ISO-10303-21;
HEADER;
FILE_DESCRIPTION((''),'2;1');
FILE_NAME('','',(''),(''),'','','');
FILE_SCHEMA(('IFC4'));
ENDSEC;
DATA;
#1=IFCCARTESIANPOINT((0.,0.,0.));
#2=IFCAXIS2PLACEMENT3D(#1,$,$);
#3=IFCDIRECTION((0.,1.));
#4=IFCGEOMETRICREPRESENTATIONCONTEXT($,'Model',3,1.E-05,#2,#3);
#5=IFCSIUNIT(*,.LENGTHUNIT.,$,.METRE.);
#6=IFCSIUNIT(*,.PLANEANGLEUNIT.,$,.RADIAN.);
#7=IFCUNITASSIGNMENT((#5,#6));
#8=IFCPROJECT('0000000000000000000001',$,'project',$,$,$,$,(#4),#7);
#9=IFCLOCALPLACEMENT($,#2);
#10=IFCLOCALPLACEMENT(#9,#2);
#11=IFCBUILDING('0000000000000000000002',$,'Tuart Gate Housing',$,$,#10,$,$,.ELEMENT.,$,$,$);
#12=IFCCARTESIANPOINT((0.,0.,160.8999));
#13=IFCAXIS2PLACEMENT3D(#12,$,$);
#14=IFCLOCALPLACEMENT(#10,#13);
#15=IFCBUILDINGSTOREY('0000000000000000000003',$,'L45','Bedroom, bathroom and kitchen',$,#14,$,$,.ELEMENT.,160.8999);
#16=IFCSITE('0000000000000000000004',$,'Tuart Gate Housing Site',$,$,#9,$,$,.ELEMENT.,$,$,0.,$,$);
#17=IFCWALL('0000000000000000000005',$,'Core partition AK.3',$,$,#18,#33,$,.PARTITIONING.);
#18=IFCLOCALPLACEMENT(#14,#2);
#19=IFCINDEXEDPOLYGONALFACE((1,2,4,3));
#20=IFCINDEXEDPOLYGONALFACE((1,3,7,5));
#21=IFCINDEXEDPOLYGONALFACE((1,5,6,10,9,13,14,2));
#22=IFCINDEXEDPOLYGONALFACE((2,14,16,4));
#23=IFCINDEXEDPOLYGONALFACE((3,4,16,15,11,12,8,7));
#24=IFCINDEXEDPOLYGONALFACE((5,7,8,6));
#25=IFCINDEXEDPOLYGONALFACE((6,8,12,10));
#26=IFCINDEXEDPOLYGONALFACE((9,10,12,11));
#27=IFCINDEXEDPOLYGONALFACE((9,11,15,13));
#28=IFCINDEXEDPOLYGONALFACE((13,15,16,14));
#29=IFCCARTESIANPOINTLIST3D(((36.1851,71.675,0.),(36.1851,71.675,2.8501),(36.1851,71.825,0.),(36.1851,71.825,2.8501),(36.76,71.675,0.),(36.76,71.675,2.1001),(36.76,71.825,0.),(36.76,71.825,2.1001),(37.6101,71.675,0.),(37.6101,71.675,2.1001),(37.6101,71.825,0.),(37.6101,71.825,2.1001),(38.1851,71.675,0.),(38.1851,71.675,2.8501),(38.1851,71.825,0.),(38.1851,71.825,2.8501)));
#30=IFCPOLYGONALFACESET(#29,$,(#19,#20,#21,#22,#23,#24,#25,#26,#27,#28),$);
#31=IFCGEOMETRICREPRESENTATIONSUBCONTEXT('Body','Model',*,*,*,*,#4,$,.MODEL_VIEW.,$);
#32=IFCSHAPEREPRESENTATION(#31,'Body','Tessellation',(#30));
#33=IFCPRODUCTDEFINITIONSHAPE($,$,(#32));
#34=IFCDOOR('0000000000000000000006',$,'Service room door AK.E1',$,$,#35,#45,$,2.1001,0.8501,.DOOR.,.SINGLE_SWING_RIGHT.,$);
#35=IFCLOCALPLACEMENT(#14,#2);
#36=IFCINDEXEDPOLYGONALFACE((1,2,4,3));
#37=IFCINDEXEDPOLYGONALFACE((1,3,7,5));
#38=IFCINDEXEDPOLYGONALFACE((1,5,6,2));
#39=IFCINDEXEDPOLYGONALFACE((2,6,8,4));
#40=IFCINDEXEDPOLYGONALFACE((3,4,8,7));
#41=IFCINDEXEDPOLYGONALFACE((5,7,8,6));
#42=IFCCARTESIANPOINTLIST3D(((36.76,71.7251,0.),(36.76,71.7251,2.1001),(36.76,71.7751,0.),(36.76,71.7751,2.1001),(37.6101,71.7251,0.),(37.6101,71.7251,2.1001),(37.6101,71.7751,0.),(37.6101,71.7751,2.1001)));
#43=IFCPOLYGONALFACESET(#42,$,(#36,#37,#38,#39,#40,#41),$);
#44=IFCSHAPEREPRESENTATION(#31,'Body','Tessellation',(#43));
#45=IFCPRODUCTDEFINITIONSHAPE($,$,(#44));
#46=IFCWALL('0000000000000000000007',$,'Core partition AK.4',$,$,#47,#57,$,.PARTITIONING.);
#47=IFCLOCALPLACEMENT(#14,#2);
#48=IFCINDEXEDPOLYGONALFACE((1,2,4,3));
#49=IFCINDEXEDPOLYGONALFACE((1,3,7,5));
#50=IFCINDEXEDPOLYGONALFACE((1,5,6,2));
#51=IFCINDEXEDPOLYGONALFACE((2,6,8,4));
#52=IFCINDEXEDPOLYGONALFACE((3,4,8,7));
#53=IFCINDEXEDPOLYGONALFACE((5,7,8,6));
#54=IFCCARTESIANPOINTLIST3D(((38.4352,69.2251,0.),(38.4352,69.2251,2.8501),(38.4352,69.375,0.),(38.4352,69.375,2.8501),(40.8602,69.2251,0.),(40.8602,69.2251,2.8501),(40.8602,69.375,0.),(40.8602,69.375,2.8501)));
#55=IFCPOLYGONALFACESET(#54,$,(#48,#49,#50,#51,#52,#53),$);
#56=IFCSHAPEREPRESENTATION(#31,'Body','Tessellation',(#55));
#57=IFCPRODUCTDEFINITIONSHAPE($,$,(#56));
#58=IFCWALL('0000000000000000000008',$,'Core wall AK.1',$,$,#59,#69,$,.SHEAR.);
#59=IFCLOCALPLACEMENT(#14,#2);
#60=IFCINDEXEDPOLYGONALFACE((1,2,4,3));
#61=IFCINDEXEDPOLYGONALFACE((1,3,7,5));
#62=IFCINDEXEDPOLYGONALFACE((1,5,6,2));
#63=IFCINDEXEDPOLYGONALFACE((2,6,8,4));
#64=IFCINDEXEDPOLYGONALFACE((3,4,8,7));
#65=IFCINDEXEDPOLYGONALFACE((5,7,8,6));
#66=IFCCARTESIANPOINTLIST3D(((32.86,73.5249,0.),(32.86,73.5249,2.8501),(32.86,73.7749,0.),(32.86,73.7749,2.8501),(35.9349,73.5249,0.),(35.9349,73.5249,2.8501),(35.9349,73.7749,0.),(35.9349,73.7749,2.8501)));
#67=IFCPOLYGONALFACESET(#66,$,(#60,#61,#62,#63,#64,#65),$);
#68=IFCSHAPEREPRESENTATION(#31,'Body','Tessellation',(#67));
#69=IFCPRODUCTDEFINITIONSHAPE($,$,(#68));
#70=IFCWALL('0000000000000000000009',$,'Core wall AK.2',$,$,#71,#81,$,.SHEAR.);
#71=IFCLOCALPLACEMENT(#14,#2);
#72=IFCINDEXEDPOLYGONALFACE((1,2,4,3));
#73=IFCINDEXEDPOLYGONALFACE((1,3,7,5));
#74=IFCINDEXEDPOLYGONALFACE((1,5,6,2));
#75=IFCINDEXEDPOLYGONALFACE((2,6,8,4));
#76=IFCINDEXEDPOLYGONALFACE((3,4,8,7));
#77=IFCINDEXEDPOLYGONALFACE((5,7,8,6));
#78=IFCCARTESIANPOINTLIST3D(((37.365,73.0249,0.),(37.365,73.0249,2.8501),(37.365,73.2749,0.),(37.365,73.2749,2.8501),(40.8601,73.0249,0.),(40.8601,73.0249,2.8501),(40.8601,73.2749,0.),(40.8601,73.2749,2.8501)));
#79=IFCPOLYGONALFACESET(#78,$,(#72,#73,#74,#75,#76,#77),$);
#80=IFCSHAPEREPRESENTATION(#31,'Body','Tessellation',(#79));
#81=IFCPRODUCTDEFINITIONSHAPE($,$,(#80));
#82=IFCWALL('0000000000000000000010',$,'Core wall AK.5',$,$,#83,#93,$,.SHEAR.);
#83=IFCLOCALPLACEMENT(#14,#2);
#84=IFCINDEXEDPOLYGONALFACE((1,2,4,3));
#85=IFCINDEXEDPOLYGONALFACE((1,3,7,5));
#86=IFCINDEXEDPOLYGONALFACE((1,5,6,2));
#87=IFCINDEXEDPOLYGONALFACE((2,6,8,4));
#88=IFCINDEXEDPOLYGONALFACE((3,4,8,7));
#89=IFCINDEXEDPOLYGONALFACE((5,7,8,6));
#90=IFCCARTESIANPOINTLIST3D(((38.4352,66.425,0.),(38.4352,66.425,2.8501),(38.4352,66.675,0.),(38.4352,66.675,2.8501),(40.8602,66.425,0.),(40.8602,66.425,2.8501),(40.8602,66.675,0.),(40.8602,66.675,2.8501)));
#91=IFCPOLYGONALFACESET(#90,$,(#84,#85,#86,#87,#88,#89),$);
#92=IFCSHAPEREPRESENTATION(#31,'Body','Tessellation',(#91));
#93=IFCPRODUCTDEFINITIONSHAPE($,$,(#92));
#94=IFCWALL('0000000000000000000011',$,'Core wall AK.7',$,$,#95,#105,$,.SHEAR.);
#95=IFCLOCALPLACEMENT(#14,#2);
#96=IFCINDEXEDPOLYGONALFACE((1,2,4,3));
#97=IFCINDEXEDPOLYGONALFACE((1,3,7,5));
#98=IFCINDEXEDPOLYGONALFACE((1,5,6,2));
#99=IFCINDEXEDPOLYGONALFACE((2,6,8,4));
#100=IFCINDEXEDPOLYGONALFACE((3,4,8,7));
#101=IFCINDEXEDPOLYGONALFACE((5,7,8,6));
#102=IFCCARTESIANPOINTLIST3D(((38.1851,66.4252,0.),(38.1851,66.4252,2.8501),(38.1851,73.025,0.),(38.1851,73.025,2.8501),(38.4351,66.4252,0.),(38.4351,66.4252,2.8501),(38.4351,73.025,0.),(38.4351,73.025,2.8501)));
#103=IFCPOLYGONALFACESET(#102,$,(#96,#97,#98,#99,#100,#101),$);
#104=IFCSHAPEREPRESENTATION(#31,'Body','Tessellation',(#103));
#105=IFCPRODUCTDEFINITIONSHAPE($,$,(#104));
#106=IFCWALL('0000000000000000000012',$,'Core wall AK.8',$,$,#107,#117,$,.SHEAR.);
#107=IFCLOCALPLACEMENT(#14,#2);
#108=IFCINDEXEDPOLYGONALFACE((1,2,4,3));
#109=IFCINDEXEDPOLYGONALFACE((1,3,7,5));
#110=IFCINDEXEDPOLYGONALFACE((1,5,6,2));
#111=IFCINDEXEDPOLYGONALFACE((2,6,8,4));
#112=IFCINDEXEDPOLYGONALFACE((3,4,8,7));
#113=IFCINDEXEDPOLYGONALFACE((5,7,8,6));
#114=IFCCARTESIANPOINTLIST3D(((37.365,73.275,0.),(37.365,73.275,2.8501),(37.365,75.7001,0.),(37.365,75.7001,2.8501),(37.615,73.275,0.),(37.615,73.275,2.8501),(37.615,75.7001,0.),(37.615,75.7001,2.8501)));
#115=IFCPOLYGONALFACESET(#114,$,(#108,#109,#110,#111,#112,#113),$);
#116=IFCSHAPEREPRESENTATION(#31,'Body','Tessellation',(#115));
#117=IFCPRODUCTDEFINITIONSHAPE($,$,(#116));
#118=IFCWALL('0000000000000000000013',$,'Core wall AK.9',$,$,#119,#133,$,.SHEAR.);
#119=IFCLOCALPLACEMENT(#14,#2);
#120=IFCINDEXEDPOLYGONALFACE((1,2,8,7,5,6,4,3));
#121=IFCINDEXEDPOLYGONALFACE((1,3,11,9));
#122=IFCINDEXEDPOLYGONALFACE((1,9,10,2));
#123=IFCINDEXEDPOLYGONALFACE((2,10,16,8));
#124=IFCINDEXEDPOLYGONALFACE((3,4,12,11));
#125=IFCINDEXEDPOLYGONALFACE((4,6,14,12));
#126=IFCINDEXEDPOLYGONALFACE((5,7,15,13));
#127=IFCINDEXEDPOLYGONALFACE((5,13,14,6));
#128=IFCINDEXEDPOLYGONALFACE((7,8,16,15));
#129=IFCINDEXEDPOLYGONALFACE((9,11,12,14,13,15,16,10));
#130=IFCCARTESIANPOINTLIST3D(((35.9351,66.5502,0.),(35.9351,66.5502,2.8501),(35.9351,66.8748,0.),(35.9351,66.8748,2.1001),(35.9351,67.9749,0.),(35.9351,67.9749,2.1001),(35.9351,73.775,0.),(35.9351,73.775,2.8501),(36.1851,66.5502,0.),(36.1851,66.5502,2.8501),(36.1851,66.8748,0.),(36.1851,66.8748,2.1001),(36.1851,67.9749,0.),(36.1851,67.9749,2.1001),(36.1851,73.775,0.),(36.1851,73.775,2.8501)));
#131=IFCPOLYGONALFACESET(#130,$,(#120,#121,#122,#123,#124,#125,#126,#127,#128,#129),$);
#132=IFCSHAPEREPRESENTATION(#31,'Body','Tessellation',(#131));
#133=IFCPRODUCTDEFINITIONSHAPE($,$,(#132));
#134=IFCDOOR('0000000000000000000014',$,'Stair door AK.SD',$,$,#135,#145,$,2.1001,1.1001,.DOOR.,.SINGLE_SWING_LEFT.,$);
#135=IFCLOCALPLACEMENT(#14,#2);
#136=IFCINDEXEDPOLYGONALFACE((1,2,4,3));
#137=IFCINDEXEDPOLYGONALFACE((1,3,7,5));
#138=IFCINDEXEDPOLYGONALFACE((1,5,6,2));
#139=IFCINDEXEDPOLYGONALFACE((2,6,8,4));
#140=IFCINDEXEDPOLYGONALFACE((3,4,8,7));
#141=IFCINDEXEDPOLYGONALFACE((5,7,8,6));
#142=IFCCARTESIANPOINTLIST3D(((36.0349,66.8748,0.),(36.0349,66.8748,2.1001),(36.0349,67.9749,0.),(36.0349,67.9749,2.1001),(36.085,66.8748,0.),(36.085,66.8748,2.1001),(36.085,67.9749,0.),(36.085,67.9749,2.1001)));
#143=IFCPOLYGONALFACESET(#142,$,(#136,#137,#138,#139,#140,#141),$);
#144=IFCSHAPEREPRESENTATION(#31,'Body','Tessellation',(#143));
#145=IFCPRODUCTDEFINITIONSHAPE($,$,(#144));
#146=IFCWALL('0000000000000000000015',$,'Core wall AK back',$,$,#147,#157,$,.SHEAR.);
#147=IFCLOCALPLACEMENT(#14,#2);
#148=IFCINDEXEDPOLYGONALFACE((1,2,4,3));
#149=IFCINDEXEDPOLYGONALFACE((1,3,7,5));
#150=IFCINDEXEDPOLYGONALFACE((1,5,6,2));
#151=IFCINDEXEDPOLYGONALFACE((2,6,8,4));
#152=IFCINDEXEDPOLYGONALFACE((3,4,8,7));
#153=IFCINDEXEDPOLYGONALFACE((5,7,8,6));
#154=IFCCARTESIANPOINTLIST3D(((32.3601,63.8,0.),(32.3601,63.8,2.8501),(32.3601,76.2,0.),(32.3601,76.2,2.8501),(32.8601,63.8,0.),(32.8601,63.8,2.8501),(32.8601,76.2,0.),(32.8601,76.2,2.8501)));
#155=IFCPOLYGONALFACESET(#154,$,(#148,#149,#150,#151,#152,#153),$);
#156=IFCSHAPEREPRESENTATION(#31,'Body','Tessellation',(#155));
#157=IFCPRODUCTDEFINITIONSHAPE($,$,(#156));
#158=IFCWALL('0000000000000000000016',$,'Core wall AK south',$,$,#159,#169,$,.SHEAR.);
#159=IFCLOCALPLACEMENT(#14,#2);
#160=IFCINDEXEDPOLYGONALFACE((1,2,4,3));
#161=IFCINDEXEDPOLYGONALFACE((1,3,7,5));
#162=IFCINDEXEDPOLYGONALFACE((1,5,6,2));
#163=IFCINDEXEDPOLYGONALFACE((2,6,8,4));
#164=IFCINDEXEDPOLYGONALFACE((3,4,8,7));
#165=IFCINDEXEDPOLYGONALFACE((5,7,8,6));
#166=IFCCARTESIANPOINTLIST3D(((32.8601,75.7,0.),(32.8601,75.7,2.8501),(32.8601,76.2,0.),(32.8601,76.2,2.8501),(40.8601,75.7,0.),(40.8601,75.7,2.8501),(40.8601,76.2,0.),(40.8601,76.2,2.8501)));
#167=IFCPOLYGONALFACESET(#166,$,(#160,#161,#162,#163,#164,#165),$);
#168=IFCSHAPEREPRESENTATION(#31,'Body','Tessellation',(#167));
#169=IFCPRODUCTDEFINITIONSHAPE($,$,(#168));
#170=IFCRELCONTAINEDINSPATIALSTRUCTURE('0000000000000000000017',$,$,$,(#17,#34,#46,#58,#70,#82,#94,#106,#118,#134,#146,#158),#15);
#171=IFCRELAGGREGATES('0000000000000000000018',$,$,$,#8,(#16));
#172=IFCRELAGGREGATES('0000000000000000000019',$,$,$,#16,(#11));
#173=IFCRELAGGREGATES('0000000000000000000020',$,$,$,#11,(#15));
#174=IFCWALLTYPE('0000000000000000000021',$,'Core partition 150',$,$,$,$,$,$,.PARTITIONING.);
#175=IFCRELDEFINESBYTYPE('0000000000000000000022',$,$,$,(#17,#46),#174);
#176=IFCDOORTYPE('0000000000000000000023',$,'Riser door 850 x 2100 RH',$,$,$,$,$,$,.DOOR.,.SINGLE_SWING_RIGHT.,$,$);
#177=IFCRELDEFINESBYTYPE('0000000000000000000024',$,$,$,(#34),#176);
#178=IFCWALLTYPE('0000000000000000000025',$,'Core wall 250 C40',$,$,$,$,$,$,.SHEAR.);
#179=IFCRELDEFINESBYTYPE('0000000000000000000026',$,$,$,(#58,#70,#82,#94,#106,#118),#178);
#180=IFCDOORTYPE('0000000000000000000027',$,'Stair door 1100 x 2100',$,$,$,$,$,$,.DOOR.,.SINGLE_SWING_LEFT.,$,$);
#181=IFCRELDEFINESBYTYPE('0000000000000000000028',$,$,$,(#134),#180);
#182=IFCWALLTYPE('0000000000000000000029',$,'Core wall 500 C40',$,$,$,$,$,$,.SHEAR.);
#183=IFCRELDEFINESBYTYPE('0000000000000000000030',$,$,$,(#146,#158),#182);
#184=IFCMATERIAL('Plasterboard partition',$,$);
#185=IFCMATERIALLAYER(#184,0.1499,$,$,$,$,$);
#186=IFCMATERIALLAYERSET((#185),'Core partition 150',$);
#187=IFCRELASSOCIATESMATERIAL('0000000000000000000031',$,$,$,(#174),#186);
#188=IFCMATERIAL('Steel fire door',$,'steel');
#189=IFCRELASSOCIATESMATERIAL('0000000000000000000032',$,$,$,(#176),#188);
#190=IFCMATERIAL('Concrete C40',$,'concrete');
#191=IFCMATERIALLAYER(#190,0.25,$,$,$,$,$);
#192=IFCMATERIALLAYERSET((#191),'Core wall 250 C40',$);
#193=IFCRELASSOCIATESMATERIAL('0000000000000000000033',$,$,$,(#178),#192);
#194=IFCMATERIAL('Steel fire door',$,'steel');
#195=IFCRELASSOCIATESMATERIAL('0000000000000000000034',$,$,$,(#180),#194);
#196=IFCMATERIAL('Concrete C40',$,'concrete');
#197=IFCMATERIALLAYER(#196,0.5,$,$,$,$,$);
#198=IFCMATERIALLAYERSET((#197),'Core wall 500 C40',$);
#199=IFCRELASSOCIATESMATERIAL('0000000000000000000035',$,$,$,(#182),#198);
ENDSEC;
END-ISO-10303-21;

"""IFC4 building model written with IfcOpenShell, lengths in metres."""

from ifc_helpers import new_model, si_unit, direction, frame, frame_2d, origin, place, context, subcontext, project, spatial, rectangle, extrude, material, layer, layer_set, type_object, element, fill, save


model = new_model("IFC4")

# Units and contexts
model_context = context("Model", 3, precision=1e-05, world=origin(), true_north=direction((0.0, 1.0)))
body_context = subcontext(model_context, "Body", "Model", "MODEL_VIEW")
ifc_project = project(units=[si_unit("LENGTHUNIT", "METRE"), si_unit("PLANEANGLEUNIT", "RADIAN")], contexts=[model_context])

# Site, building, storey
site_placement = place(None, origin())
site = spatial("IfcSite", under=ifc_project, at=site_placement, Name="Tuart Gate Housing Site", CompositionType="ELEMENT", RefElevation=0.0)
building_placement = place(site_placement, origin())
building = spatial("IfcBuilding", under=site, at=building_placement, Name="Tuart Gate Housing", CompositionType="ELEMENT")
storey_placement = place(building_placement, frame((0.0, 0.0, 160.8999)))
storey = spatial("IfcBuildingStorey", under=building, at=storey_placement, Name="L45", Description="Bedroom, bathroom and kitchen", CompositionType="ELEMENT", Elevation=160.8999)

# Wall, opening, door
ifc_material_1 = material(Name="Plasterboard partition")
ifc_layer_1 = layer(ifc_material_1, 0.1499)
ifc_layer_set_1 = layer_set([ifc_layer_1], Name="Core partition 150")
wall_type_1 = type_object("IfcWallType", Name="Core partition 150", PredefinedType="PARTITIONING", material=ifc_layer_set_1)
wall_1_placement = place(storey_placement, frame((38.1851, 71.75, 0.0), z_axis=(0.0, 0.0, 1.0), x_axis=(-1.0, 0.0, 0.0)))
wall_1 = element("IfcWall", 1, at=wall_1_placement, inside=storey, type_object=wall_type_1, Name="Core partition AK.3", PredefinedType="PARTITIONING", context=body_context, shape_type="SweptSolid", body=[
    extrude(rectangle(XDim=2.0, YDim=0.1499, at=frame_2d((1.0, 0.0))), origin(), (0.0, 0.0, 1.0), 2.8501),
])
opening_1_placement = place(wall_1_placement, frame((0.575, 0.0, 0.0)))
opening_1 = element("IfcOpeningElement", 2, at=opening_1_placement, cuts=wall_1, PredefinedType="OPENING", context=body_context, shape_type="SweptSolid", body=[
    extrude(rectangle(XDim=0.8501, YDim=2.1001, at=frame_2d((0.425, 1.05))), frame((0.0, 0.085, 0.0), z_axis=(0.0, -1.0, 0.0), x_axis=(1.0, 0.0, 0.0)), (0.0, 0.0, 1.0), 0.1699),
])
ifc_material_2 = material(Name="Steel fire door", Category="steel")
door_type_1 = type_object("IfcDoorType", Name="Riser door 850 x 2100 RH", OperationType="SINGLE_SWING_RIGHT", PredefinedType="DOOR", material=ifc_material_2)
door_1_placement = place(opening_1_placement, frame((0.8501, 0.0, 0.0), z_axis=(0.0, 0.0, 1.0), x_axis=(-1.0, 0.0, 0.0)))
door_1 = element("IfcDoor", 3, at=door_1_placement, inside=storey, type_object=door_type_1, Name="Service room door AK.E1", OperationType="SINGLE_SWING_RIGHT", OverallHeight=2.1001, OverallWidth=0.8501, PredefinedType="DOOR", context=body_context, shape_type="SweptSolid", body=[
    extrude(rectangle(XDim=0.8501, YDim=2.1001, at=frame_2d((0.425, 1.05))), frame((0.0, 0.0251, 0.0), z_axis=(0.0, -1.0, 0.0), x_axis=(1.0, 0.0, 0.0)), (0.0, 0.0, 1.0), 0.05),
])
fill(opening_1, door_1)

# Walls
wall_2_placement = place(storey_placement, frame((40.8601, 69.3, 0.0), z_axis=(0.0, 0.0, 1.0), x_axis=(-1.0, 0.0, 0.0)))
element("IfcWall", 4, at=wall_2_placement, inside=storey, type_object=wall_type_1, Name="Core partition AK.4", PredefinedType="PARTITIONING", context=body_context, shape_type="SweptSolid", body=[
    extrude(rectangle(XDim=2.425, YDim=0.1499, at=frame_2d((1.2124, 0.0))), origin(), (0.0, 0.0, 1.0), 2.8501),
])
ifc_material_3 = material(Name="Concrete C40", Category="concrete")
ifc_layer_2 = layer(ifc_material_3, 0.25)
ifc_layer_set_2 = layer_set([ifc_layer_2], Name="Core wall 250 C40")
wall_type_2 = type_object("IfcWallType", Name="Core wall 250 C40", PredefinedType="SHEAR", material=ifc_layer_set_2)
wall_3_placement = place(storey_placement, frame((35.9351, 73.6499, 0.0), z_axis=(0.0, 0.0, 1.0), x_axis=(-1.0, 0.0, 0.0)))
element("IfcWall", 5, at=wall_3_placement, inside=storey, type_object=wall_type_2, Name="Core wall AK.1", PredefinedType="SHEAR", context=body_context, shape_type="SweptSolid", body=[
    extrude(rectangle(XDim=3.075, YDim=0.25, at=frame_2d((1.5376, 0.0))), origin(), (0.0, 0.0, 1.0), 2.8501),
])
wall_4_placement = place(storey_placement, frame((40.8601, 73.1499, 0.0), z_axis=(0.0, 0.0, 1.0), x_axis=(-1.0, 0.0, 0.0)))
element("IfcWall", 6, at=wall_4_placement, inside=storey, type_object=wall_type_2, Name="Core wall AK.2", PredefinedType="SHEAR", context=body_context, shape_type="SweptSolid", body=[
    extrude(rectangle(XDim=3.4951, YDim=0.25, at=frame_2d((1.7476, 0.0))), origin(), (0.0, 0.0, 1.0), 2.8501),
])
wall_5_placement = place(storey_placement, frame((40.8601, 66.55, 0.0), z_axis=(0.0, 0.0, 1.0), x_axis=(-1.0, 0.0, 0.0)))
element("IfcWall", 7, at=wall_5_placement, inside=storey, type_object=wall_type_2, Name="Core wall AK.5", PredefinedType="SHEAR", context=body_context, shape_type="SweptSolid", body=[
    extrude(rectangle(XDim=2.425, YDim=0.25, at=frame_2d((1.2124, 0.0))), origin(), (0.0, 0.0, 1.0), 2.8501),
])
wall_6_placement = place(storey_placement, frame((38.3101, 73.0249, 0.0), z_axis=(0.0, 0.0, 1.0), x_axis=(0.0, -1.0, 0.0)))
element("IfcWall", 8, at=wall_6_placement, inside=storey, type_object=wall_type_2, Name="Core wall AK.7", PredefinedType="SHEAR", context=body_context, shape_type="SweptSolid", body=[
    extrude(rectangle(XDim=6.5999, YDim=0.25, at=frame_2d((3.2998, 0.0))), origin(), (0.0, 0.0, 1.0), 2.8501),
])
wall_7_placement = place(storey_placement, frame((37.49, 75.7, 0.0), z_axis=(0.0, 0.0, 1.0), x_axis=(0.0, -1.0, 0.0)))
element("IfcWall", 9, at=wall_7_placement, inside=storey, type_object=wall_type_2, Name="Core wall AK.8", PredefinedType="SHEAR", context=body_context, shape_type="SweptSolid", body=[
    extrude(rectangle(XDim=2.425, YDim=0.25, at=frame_2d((1.2124, 0.0))), origin(), (0.0, 0.0, 1.0), 2.8501),
])

# Wall, opening, door
wall_8_placement = place(storey_placement, frame((36.0601, 73.7749, 0.0), z_axis=(0.0, 0.0, 1.0), x_axis=(0.0, -1.0, 0.0)))
wall_8 = element("IfcWall", 10, at=wall_8_placement, inside=storey, type_object=wall_type_2, Name="Core wall AK.9", PredefinedType="SHEAR", context=body_context, shape_type="SweptSolid", body=[
    extrude(rectangle(XDim=7.2249, YDim=0.25, at=frame_2d((3.6123, 0.0))), origin(), (0.0, 0.0, 1.0), 2.8501),
])
opening_2_placement = place(wall_8_placement, frame((5.8, 0.0, 0.0)))
opening_2 = element("IfcOpeningElement", 11, at=opening_2_placement, cuts=wall_8, PredefinedType="OPENING", context=body_context, shape_type="SweptSolid", body=[
    extrude(rectangle(XDim=1.1001, YDim=2.1001, at=frame_2d((0.55, 1.05))), frame((0.0, 0.135, 0.0), z_axis=(0.0, -1.0, 0.0), x_axis=(1.0, 0.0, 0.0)), (0.0, 0.0, 1.0), 0.27),
])
ifc_material_4 = material(Name="Steel fire door", Category="steel")
door_type_2 = type_object("IfcDoorType", Name="Stair door 1100 x 2100", OperationType="SINGLE_SWING_LEFT", PredefinedType="DOOR", material=ifc_material_4)
door_2_placement = place(opening_2_placement, frame((1.1001, 0.0, 0.0), z_axis=(0.0, 0.0, 1.0), x_axis=(-1.0, 0.0, 0.0)))
door_2 = element("IfcDoor", 12, at=door_2_placement, inside=storey, type_object=door_type_2, Name="Stair door AK.SD", OperationType="SINGLE_SWING_LEFT", OverallHeight=2.1001, OverallWidth=1.1001, PredefinedType="DOOR", context=body_context, shape_type="SweptSolid", body=[
    extrude(rectangle(XDim=1.1001, YDim=2.1001, at=frame_2d((0.55, 1.05))), frame((0.0, 0.0251, 0.0), z_axis=(0.0, -1.0, 0.0), x_axis=(1.0, 0.0, 0.0)), (0.0, 0.0, 1.0), 0.05),
])
fill(opening_2, door_2)

# Walls
ifc_material_5 = material(Name="Concrete C40", Category="concrete")
ifc_layer_3 = layer(ifc_material_5, 0.5)
ifc_layer_set_3 = layer_set([ifc_layer_3], Name="Core wall 500 C40")
wall_type_3 = type_object("IfcWallType", Name="Core wall 500 C40", PredefinedType="SHEAR", material=ifc_layer_set_3)
wall_9_placement = place(storey_placement, frame((32.6101, 76.2, 0.0), z_axis=(0.0, 0.0, 1.0), x_axis=(0.0, -1.0, 0.0)))
element("IfcWall", 13, at=wall_9_placement, inside=storey, type_object=wall_type_3, Name="Core wall AK back", PredefinedType="SHEAR", context=body_context, shape_type="SweptSolid", body=[
    extrude(rectangle(XDim=12.3999, YDim=0.5, at=frame_2d((6.2, 0.0))), origin(), (0.0, 0.0, 1.0), 2.8501),
])
wall_10_placement = place(storey_placement, frame((40.8601, 75.95, 0.0), z_axis=(0.0, 0.0, 1.0), x_axis=(-1.0, 0.0, 0.0)))
element("IfcWall", 14, at=wall_10_placement, inside=storey, type_object=wall_type_3, Name="Core wall AK south", PredefinedType="SHEAR", context=body_context, shape_type="SweptSolid", body=[
    extrude(rectangle(XDim=8.0, YDim=0.5, at=frame_2d((4.0, 0.0))), origin(), (0.0, 0.0, 1.0), 2.8501),
])

save(model, "model.ifc")
